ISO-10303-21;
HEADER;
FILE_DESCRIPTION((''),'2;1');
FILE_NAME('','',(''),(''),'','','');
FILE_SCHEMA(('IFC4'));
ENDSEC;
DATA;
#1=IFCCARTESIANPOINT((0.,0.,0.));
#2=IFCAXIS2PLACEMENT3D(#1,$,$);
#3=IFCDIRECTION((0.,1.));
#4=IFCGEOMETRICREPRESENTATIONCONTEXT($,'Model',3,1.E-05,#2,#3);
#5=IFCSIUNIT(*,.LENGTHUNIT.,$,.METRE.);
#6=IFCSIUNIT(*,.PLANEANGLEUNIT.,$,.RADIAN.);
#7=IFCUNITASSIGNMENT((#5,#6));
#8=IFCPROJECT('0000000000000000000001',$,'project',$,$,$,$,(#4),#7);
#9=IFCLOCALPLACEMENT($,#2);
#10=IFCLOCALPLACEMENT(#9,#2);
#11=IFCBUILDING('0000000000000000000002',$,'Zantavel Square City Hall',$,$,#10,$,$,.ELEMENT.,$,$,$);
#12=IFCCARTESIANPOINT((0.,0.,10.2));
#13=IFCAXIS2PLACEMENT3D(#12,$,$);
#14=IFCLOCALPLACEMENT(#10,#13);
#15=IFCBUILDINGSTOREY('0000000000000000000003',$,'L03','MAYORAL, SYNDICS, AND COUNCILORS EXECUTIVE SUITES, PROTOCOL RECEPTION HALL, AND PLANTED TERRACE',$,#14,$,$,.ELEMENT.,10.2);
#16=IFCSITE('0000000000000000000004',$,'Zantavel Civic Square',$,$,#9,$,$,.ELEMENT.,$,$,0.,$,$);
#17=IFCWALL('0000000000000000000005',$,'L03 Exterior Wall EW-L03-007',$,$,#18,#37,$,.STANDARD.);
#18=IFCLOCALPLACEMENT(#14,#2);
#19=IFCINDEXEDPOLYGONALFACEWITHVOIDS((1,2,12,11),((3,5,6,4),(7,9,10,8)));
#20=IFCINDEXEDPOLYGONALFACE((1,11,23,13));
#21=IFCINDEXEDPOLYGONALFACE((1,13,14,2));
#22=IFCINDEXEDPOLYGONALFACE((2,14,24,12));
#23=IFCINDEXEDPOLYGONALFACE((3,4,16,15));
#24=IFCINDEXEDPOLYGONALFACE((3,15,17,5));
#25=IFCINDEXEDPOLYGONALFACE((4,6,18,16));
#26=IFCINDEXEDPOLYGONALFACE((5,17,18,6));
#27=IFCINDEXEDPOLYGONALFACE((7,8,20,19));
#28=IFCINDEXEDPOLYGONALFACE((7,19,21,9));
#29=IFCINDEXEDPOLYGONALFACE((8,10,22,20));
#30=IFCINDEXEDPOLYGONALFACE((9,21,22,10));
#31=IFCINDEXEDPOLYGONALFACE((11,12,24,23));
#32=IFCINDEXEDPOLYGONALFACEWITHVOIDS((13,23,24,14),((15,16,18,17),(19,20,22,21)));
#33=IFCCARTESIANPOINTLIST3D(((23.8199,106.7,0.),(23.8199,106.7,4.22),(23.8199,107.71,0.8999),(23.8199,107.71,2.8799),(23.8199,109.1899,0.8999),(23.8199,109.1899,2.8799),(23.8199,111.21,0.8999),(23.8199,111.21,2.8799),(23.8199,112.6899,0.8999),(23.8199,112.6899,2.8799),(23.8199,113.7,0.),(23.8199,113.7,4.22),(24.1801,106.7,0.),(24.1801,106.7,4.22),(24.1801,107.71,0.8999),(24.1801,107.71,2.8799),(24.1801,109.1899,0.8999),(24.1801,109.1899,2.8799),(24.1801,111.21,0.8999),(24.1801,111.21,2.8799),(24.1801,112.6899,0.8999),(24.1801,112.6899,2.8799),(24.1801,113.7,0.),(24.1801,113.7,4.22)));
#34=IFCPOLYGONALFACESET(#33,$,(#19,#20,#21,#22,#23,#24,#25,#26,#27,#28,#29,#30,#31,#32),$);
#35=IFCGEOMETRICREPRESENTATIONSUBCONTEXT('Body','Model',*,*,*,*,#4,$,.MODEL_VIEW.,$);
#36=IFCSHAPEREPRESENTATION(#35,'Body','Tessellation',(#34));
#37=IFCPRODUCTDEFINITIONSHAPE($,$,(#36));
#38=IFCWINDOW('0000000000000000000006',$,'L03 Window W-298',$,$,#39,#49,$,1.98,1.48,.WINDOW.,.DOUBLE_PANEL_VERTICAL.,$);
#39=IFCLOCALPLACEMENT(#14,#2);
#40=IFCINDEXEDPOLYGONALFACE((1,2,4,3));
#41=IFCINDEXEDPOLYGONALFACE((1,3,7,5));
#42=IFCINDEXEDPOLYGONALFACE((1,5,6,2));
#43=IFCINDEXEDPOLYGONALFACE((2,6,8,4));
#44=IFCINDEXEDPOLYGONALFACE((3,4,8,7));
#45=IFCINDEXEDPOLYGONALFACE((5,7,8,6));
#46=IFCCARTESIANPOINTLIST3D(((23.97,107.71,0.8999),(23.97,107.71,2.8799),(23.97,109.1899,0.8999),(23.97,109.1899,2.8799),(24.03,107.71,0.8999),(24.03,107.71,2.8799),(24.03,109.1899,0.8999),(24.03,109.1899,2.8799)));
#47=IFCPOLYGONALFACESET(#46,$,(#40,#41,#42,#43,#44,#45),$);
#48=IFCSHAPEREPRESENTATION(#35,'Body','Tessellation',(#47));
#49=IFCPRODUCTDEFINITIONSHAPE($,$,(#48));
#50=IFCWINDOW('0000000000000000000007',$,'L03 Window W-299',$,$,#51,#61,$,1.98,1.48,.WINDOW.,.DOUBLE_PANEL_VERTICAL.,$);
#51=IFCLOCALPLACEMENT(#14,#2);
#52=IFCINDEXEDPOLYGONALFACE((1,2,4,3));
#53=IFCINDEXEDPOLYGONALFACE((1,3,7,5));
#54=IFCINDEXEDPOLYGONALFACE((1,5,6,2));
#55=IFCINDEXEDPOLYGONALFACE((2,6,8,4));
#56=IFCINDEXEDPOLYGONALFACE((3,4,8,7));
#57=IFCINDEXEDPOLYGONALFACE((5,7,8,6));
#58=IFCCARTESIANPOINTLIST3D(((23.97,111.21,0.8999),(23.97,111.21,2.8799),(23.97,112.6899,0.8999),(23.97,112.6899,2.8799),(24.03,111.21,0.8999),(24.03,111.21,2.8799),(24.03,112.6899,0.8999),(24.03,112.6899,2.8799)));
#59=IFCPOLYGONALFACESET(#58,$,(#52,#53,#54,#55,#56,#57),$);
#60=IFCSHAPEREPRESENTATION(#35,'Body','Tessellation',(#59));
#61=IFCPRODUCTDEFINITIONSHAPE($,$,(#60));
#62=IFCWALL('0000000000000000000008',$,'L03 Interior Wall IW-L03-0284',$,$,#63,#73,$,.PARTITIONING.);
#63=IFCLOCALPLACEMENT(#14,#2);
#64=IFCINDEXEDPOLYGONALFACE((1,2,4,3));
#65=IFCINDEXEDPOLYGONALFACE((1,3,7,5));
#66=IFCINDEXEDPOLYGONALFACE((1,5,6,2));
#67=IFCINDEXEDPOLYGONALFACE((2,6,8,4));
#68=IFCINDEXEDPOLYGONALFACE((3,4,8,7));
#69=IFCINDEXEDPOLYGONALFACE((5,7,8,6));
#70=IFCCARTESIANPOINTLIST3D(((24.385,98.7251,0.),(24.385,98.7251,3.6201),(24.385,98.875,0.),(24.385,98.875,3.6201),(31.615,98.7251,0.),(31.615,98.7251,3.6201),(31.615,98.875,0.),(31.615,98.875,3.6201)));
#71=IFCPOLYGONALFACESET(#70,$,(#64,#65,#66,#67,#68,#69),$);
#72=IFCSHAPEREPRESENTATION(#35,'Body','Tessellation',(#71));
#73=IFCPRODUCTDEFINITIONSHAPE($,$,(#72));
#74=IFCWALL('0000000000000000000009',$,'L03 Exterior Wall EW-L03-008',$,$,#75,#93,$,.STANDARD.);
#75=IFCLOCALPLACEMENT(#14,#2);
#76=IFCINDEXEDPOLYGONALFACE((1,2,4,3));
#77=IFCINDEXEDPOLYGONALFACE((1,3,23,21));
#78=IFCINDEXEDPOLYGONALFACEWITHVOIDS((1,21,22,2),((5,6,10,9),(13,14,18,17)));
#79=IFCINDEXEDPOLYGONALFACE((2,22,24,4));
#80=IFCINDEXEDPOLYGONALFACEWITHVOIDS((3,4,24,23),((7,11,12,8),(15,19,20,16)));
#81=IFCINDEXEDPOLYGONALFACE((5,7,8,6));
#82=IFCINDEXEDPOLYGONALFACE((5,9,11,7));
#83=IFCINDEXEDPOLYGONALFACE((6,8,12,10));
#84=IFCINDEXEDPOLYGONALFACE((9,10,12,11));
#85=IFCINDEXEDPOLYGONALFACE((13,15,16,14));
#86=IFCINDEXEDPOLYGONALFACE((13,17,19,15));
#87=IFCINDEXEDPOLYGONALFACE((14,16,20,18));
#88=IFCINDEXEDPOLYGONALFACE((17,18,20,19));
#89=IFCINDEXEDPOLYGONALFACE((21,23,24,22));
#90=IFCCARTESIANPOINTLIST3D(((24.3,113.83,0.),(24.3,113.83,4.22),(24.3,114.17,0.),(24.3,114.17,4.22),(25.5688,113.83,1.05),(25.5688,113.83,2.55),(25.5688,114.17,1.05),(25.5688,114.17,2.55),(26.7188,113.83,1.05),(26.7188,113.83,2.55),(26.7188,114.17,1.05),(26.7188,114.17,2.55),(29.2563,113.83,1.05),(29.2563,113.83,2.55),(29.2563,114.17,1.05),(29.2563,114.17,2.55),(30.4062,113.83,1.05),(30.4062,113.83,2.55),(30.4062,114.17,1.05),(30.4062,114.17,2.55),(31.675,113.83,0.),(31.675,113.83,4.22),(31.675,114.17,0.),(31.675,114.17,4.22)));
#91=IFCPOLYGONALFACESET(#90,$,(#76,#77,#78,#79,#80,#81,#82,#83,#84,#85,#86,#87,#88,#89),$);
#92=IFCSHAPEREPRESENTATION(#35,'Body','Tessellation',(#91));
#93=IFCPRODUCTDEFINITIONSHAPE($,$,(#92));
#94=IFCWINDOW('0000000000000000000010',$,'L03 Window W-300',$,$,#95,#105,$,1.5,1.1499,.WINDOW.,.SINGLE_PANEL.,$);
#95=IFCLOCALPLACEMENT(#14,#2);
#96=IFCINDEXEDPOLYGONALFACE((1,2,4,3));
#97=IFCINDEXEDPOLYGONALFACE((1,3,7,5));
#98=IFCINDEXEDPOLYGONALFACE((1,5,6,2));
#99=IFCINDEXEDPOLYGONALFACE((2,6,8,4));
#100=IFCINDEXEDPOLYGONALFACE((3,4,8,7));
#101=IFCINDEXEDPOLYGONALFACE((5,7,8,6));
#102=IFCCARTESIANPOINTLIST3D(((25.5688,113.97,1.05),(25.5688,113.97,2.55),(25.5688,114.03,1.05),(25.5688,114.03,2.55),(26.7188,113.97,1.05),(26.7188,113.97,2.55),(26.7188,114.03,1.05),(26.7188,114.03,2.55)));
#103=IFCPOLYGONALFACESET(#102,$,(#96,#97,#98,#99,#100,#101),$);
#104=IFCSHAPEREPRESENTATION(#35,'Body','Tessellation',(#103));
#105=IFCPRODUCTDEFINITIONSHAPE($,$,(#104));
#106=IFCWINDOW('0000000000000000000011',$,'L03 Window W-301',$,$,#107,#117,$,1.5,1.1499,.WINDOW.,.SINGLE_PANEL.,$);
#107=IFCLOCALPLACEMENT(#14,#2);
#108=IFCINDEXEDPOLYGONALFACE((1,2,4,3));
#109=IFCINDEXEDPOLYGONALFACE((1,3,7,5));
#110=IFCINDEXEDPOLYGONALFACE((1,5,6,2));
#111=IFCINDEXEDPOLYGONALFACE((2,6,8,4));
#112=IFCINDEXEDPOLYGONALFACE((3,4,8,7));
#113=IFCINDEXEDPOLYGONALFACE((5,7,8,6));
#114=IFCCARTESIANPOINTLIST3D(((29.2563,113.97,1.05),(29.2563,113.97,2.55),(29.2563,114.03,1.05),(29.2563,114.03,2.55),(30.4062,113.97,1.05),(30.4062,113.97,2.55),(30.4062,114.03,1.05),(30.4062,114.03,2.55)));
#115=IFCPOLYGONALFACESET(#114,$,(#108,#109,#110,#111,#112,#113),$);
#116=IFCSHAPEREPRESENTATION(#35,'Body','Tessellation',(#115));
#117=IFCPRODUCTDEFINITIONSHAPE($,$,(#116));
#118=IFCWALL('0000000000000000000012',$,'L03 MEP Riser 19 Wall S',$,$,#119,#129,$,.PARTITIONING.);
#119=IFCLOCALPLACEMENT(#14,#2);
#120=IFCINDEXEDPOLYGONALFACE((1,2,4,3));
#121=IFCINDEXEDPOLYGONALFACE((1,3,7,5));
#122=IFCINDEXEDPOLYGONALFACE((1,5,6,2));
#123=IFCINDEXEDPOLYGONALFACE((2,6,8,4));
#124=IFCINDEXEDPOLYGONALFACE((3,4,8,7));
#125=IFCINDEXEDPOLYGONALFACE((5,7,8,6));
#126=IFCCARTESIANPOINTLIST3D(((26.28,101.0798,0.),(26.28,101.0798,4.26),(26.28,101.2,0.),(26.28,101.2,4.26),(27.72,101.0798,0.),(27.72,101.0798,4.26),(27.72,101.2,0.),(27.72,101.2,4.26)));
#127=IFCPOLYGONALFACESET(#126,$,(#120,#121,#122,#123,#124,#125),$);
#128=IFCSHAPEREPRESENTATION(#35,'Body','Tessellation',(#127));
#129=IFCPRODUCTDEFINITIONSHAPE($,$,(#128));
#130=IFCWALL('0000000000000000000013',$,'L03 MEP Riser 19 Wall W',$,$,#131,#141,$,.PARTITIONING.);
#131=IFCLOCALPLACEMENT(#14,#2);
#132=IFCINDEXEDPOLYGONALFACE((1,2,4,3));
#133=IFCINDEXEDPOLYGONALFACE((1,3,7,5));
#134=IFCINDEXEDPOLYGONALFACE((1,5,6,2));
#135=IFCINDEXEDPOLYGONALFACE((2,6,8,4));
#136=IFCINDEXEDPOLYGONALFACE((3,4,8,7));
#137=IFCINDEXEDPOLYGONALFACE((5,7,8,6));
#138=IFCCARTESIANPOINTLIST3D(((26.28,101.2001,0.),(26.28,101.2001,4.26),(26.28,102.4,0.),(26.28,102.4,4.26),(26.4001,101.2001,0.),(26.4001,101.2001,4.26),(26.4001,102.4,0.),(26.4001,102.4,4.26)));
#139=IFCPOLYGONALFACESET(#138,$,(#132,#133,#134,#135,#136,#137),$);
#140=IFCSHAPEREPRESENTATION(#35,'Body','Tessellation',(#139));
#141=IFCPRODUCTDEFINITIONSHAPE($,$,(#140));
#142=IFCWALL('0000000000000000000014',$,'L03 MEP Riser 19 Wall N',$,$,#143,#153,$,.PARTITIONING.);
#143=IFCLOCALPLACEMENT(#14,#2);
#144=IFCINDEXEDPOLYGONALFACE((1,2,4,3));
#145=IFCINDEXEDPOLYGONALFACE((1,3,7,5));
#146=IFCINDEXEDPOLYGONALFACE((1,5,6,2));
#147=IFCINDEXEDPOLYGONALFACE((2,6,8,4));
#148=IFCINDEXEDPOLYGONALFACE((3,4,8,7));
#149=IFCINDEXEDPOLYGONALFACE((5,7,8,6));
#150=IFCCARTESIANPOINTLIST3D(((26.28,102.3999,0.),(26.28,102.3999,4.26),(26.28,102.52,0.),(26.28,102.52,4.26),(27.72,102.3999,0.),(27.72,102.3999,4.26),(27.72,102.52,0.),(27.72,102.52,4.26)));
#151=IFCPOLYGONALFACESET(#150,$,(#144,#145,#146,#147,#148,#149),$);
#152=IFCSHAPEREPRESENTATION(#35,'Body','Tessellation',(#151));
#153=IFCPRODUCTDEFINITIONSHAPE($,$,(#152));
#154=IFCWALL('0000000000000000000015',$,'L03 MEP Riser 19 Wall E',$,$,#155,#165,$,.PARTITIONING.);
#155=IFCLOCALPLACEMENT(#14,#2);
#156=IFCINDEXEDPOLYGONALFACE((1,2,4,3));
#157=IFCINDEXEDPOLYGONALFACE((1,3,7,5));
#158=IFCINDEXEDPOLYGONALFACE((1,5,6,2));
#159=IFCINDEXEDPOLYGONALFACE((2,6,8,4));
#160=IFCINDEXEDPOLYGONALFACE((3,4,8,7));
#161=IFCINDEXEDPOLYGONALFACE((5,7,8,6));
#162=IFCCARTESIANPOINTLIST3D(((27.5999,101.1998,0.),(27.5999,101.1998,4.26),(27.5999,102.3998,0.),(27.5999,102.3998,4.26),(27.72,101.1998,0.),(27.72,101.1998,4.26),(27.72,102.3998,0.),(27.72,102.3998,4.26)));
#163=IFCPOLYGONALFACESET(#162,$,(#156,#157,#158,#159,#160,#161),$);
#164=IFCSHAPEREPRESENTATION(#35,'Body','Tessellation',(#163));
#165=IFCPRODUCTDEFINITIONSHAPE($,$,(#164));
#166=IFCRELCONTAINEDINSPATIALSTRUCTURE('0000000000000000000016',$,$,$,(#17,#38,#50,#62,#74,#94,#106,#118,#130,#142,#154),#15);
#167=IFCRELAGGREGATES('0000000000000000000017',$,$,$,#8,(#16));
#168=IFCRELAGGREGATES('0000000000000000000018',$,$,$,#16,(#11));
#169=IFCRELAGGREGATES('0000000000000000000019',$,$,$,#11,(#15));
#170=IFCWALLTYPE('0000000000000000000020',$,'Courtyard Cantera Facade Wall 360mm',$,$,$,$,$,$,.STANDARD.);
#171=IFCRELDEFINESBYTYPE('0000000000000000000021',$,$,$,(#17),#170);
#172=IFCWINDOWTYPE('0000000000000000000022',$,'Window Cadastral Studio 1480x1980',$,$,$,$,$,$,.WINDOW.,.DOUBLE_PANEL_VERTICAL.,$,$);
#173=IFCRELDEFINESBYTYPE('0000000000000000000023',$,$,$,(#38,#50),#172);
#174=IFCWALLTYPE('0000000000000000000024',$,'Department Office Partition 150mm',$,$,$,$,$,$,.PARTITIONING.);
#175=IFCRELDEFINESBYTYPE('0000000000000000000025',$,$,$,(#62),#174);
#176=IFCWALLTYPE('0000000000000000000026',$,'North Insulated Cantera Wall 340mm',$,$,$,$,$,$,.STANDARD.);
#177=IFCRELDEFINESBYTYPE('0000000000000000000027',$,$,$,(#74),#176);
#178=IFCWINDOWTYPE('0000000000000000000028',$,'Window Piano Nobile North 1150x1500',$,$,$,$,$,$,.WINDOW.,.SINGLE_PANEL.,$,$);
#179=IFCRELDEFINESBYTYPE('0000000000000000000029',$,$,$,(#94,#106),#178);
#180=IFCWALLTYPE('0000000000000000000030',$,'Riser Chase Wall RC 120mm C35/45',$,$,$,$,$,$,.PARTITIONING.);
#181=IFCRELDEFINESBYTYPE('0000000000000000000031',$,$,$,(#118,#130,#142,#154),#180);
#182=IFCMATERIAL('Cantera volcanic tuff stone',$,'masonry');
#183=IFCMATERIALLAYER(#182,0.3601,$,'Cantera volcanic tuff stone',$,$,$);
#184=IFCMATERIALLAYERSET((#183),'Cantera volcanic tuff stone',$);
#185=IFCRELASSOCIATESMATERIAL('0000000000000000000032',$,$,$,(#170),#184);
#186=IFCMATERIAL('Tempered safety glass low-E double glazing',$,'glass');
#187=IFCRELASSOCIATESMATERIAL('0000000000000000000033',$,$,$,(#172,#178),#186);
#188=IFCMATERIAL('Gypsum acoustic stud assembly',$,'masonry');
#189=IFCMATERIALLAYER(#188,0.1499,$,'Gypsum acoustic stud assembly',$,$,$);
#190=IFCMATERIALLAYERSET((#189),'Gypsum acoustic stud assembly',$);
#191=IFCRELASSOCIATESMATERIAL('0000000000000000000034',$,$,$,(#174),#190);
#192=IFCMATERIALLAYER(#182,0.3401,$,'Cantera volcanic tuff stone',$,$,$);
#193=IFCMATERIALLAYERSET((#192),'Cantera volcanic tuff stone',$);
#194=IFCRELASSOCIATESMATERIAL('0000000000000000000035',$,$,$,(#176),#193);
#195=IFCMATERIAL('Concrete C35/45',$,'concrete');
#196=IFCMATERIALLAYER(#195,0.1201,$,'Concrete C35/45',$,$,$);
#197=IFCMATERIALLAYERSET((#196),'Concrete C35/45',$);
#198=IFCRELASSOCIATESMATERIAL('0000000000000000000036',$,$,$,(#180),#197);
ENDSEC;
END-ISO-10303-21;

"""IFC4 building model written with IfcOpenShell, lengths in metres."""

from ifc_helpers import new_model, si_unit, direction, frame, frame_2d, origin, place, context, subcontext, project, spatial, rectangle, extrude, material, layer, layer_set, type_object, element, fill, save


model = new_model("IFC4")

# Units and contexts
model_context = context("Model", 3, precision=1e-05, world=origin(), true_north=direction((0.0, 1.0)))
body_context = subcontext(model_context, "Body", "Model", "MODEL_VIEW")
ifc_project = project(units=[si_unit("LENGTHUNIT", "METRE"), si_unit("PLANEANGLEUNIT", "RADIAN")], contexts=[model_context])

# Site, building, storey
site_placement = place(None, origin())
site = spatial("IfcSite", under=ifc_project, at=site_placement, Name="Zantavel Civic Square", CompositionType="ELEMENT", RefElevation=0.0)
building_placement = place(site_placement, origin())
building = spatial("IfcBuilding", under=site, at=building_placement, Name="Zantavel Square City Hall", CompositionType="ELEMENT")
storey_placement = place(building_placement, frame((0.0, 0.0, 10.2)))
storey = spatial("IfcBuildingStorey", under=building, at=storey_placement, Name="L03", Description="MAYORAL, SYNDICS, AND COUNCILORS EXECUTIVE SUITES, PROTOCOL RECEPTION HALL, AND PLANTED TERRACE", CompositionType="ELEMENT", Elevation=10.2)

# Shared definitions
ifc_material_1 = material(Name="Concrete C35/45", Category="concrete")

# Wall, openings, windows
ifc_material_2 = material(Name="Cantera volcanic tuff stone", Category="masonry")
ifc_layer_1 = layer(ifc_material_2, 0.3601, Name="Cantera volcanic tuff stone")
ifc_layer_set_1 = layer_set([ifc_layer_1], Name="Cantera volcanic tuff stone")
wall_type_1 = type_object("IfcWallType", Name="Courtyard Cantera Facade Wall 360mm", PredefinedType="STANDARD", material=ifc_layer_set_1)
ifc_material_3 = material(Name="Tempered safety glass low-E double glazing", Category="glass")
window_type_1 = type_object("IfcWindowType", Name="Window Cadastral Studio 1480x1980", PartitioningType="DOUBLE_PANEL_VERTICAL", PredefinedType="WINDOW", material=ifc_material_3)
wall_1_placement = place(storey_placement, frame((24.0, 106.7, 0.0), z_axis=(0.0, 0.0, 1.0), x_axis=(0.0, 1.0, 0.0)))
wall_1 = element("IfcWall", 1, at=wall_1_placement, inside=storey, type_object=wall_type_1, Name="L03 Exterior Wall EW-L03-007", PredefinedType="STANDARD", context=body_context, shape_type="SweptSolid", body=[
    extrude(rectangle(XDim=7.0, YDim=0.3601, at=frame_2d((3.5, 0.0))), origin(), (0.0, 0.0, 1.0), 4.22),
])
opening_1_placement = place(wall_1_placement, frame((1.01, 0.0, 0.8999)))
opening_1 = element("IfcOpeningElement", 2, at=opening_1_placement, cuts=wall_1, PredefinedType="OPENING", context=body_context, shape_type="SweptSolid", body=[
    extrude(rectangle(XDim=1.48, YDim=1.98, at=frame_2d((0.74, 0.99))), frame((0.0, 0.1899, 0.0), z_axis=(0.0, -1.0, 0.0), x_axis=(1.0, 0.0, 0.0)), (0.0, 0.0, 1.0), 0.3801),
])
opening_2_placement = place(wall_1_placement, frame((4.51, 0.0, 0.8999)))
opening_2 = element("IfcOpeningElement", 3, at=opening_2_placement, cuts=wall_1, PredefinedType="OPENING", context=body_context, shape_type="SweptSolid", body=[
    extrude(rectangle(XDim=1.48, YDim=1.98, at=frame_2d((0.74, 0.99))), frame((0.0, 0.1899, 0.0), z_axis=(0.0, -1.0, 0.0), x_axis=(1.0, 0.0, 0.0)), (0.0, 0.0, 1.0), 0.3801),
])
window_1_placement = place(opening_1_placement, origin())
window_1 = element("IfcWindow", 4, at=window_1_placement, inside=storey, type_object=window_type_1, Name="L03 Window W-298", OverallHeight=1.98, OverallWidth=1.48, PartitioningType="DOUBLE_PANEL_VERTICAL", PredefinedType="WINDOW", context=body_context, shape_type="SweptSolid", body=[
    extrude(rectangle(XDim=1.48, YDim=1.98, at=frame_2d((0.74, 0.99))), frame((0.0, 0.03, 0.0), z_axis=(0.0, -1.0, 0.0), x_axis=(1.0, 0.0, 0.0)), (0.0, 0.0, 1.0), 0.0601),
])
fill(opening_1, window_1)
window_2_placement = place(opening_2_placement, origin())
window_2 = element("IfcWindow", 5, at=window_2_placement, inside=storey, type_object=window_type_1, Name="L03 Window W-299", OverallHeight=1.98, OverallWidth=1.48, PartitioningType="DOUBLE_PANEL_VERTICAL", PredefinedType="WINDOW", context=body_context, shape_type="SweptSolid", body=[
    extrude(rectangle(XDim=1.48, YDim=1.98, at=frame_2d((0.74, 0.99))), frame((0.0, 0.03, 0.0), z_axis=(0.0, -1.0, 0.0), x_axis=(1.0, 0.0, 0.0)), (0.0, 0.0, 1.0), 0.0601),
])
fill(opening_2, window_2)

# Wall
ifc_material_4 = material(Name="Gypsum acoustic stud assembly", Category="masonry")
ifc_layer_2 = layer(ifc_material_4, 0.1499, Name="Gypsum acoustic stud assembly")
ifc_layer_set_2 = layer_set([ifc_layer_2], Name="Gypsum acoustic stud assembly")
wall_type_2 = type_object("IfcWallType", Name="Department Office Partition 150mm", PredefinedType="PARTITIONING", material=ifc_layer_set_2)
wall_2_placement = place(storey_placement, frame((24.385, 98.8, 0.0), z_axis=(0.0, 0.0, 1.0), x_axis=(1.0, 0.0, 0.0)))
element("IfcWall", 6, at=wall_2_placement, inside=storey, type_object=wall_type_2, Name="L03 Interior Wall IW-L03-0284", PredefinedType="PARTITIONING", context=body_context, shape_type="SweptSolid", body=[
    extrude(rectangle(XDim=7.23, YDim=0.1499, at=frame_2d((3.615, 0.0))), origin(), (0.0, 0.0, 1.0), 3.6201),
])

# Wall, openings, windows
ifc_layer_3 = layer(ifc_material_2, 0.3401, Name="Cantera volcanic tuff stone")
ifc_layer_set_3 = layer_set([ifc_layer_3], Name="Cantera volcanic tuff stone")
wall_type_3 = type_object("IfcWallType", Name="North Insulated Cantera Wall 340mm", PredefinedType="STANDARD", material=ifc_layer_set_3)
wall_3_placement = place(storey_placement, frame((24.3, 114.0, 0.0), z_axis=(0.0, 0.0, 1.0), x_axis=(1.0, 0.0, 0.0)))
wall_3 = element("IfcWall", 7, at=wall_3_placement, inside=storey, type_object=wall_type_3, Name="L03 Exterior Wall EW-L03-008", PredefinedType="STANDARD", context=body_context, shape_type="SweptSolid", body=[
    extrude(rectangle(XDim=7.375, YDim=0.3401, at=frame_2d((3.6875, 0.0))), origin(), (0.0, 0.0, 1.0), 4.22),
])
opening_3_placement = place(wall_3_placement, frame((1.2688, 0.0, 1.05)))
opening_3 = element("IfcOpeningElement", 8, at=opening_3_placement, cuts=wall_3, PredefinedType="OPENING", context=body_context, shape_type="SweptSolid", body=[
    extrude(rectangle(XDim=1.1499, YDim=1.5, at=frame_2d((0.575, 0.75))), frame((0.0, 0.1799, 0.0), z_axis=(0.0, -1.0, 0.0), x_axis=(1.0, 0.0, 0.0)), (0.0, 0.0, 1.0), 0.3601),
])
opening_4_placement = place(wall_3_placement, frame((4.9563, 0.0, 1.05)))
opening_4 = element("IfcOpeningElement", 9, at=opening_4_placement, cuts=wall_3, PredefinedType="OPENING", context=body_context, shape_type="SweptSolid", body=[
    extrude(rectangle(XDim=1.1499, YDim=1.5, at=frame_2d((0.575, 0.75))), frame((0.0, 0.1799, 0.0), z_axis=(0.0, -1.0, 0.0), x_axis=(1.0, 0.0, 0.0)), (0.0, 0.0, 1.0), 0.3601),
])
window_type_2 = type_object("IfcWindowType", Name="Window Piano Nobile North 1150x1500", PartitioningType="SINGLE_PANEL", PredefinedType="WINDOW", material=ifc_material_3)
window_3_placement = place(opening_3_placement, origin())
window_3 = element("IfcWindow", 10, at=window_3_placement, inside=storey, type_object=window_type_2, Name="L03 Window W-300", OverallHeight=1.5, OverallWidth=1.1499, PartitioningType="SINGLE_PANEL", PredefinedType="WINDOW", context=body_context, shape_type="SweptSolid", body=[
    extrude(rectangle(XDim=1.1499, YDim=1.5, at=frame_2d((0.575, 0.75))), frame((0.0, 0.03, 0.0), z_axis=(0.0, -1.0, 0.0), x_axis=(1.0, 0.0, 0.0)), (0.0, 0.0, 1.0), 0.0601),
])
fill(opening_3, window_3)
window_4_placement = place(opening_4_placement, origin())
window_4 = element("IfcWindow", 11, at=window_4_placement, inside=storey, type_object=window_type_2, Name="L03 Window W-301", OverallHeight=1.5, OverallWidth=1.1499, PartitioningType="SINGLE_PANEL", PredefinedType="WINDOW", context=body_context, shape_type="SweptSolid", body=[
    extrude(rectangle(XDim=1.1499, YDim=1.5, at=frame_2d((0.575, 0.75))), frame((0.0, 0.03, 0.0), z_axis=(0.0, -1.0, 0.0), x_axis=(1.0, 0.0, 0.0)), (0.0, 0.0, 1.0), 0.0601),
])
fill(opening_4, window_4)

# Walls
ifc_layer_4 = layer(ifc_material_1, 0.1201, Name="Concrete C35/45")
ifc_layer_set_4 = layer_set([ifc_layer_4], Name="Concrete C35/45")
wall_type_4 = type_object("IfcWallType", Name="Riser Chase Wall RC 120mm C35/45", PredefinedType="PARTITIONING", material=ifc_layer_set_4)
wall_4_placement = place(storey_placement, frame((27.72, 101.1399, 0.0), z_axis=(0.0, 0.0, 1.0), x_axis=(-1.0, 0.0, 0.0)))
element("IfcWall", 12, at=wall_4_placement, inside=storey, type_object=wall_type_4, Name="L03 MEP Riser 19 Wall S", PredefinedType="PARTITIONING", context=body_context, shape_type="SweptSolid", body=[
    extrude(rectangle(XDim=1.4399, YDim=0.1201, at=frame_2d((0.72, 0.0))), origin(), (0.0, 0.0, 1.0), 4.26),
])
wall_5_placement = place(storey_placement, frame((26.3401, 101.2, 0.0), z_axis=(0.0, 0.0, 1.0), x_axis=(0.0, 1.0, 0.0)))
element("IfcWall", 13, at=wall_5_placement, inside=storey, type_object=wall_type_4, Name="L03 MEP Riser 19 Wall W", PredefinedType="PARTITIONING", context=body_context, shape_type="SweptSolid", body=[
    extrude(rectangle(XDim=1.2, YDim=0.1201, at=frame_2d((0.6001, 0.0))), origin(), (0.0, 0.0, 1.0), 4.26),
])
wall_6_placement = place(storey_placement, frame((26.28, 102.46, 0.0), z_axis=(0.0, 0.0, 1.0), x_axis=(1.0, 0.0, 0.0)))
element("IfcWall", 14, at=wall_6_placement, inside=storey, type_object=wall_type_4, Name="L03 MEP Riser 19 Wall N", PredefinedType="PARTITIONING", context=body_context, shape_type="SweptSolid", body=[
    extrude(rectangle(XDim=1.4399, YDim=0.1201, at=frame_2d((0.72, 0.0))), origin(), (0.0, 0.0, 1.0), 4.26),
])
wall_7_placement = place(storey_placement, frame((27.6599, 102.3999, 0.0), z_axis=(0.0, 0.0, 1.0), x_axis=(0.0, -1.0, 0.0)))
element("IfcWall", 15, at=wall_7_placement, inside=storey, type_object=wall_type_4, Name="L03 MEP Riser 19 Wall E", PredefinedType="PARTITIONING", context=body_context, shape_type="SweptSolid", body=[
    extrude(rectangle(XDim=1.2, YDim=0.1201, at=frame_2d((0.6001, 0.0))), origin(), (0.0, 0.0, 1.0), 4.26),
])

save(model, "model.ifc")
